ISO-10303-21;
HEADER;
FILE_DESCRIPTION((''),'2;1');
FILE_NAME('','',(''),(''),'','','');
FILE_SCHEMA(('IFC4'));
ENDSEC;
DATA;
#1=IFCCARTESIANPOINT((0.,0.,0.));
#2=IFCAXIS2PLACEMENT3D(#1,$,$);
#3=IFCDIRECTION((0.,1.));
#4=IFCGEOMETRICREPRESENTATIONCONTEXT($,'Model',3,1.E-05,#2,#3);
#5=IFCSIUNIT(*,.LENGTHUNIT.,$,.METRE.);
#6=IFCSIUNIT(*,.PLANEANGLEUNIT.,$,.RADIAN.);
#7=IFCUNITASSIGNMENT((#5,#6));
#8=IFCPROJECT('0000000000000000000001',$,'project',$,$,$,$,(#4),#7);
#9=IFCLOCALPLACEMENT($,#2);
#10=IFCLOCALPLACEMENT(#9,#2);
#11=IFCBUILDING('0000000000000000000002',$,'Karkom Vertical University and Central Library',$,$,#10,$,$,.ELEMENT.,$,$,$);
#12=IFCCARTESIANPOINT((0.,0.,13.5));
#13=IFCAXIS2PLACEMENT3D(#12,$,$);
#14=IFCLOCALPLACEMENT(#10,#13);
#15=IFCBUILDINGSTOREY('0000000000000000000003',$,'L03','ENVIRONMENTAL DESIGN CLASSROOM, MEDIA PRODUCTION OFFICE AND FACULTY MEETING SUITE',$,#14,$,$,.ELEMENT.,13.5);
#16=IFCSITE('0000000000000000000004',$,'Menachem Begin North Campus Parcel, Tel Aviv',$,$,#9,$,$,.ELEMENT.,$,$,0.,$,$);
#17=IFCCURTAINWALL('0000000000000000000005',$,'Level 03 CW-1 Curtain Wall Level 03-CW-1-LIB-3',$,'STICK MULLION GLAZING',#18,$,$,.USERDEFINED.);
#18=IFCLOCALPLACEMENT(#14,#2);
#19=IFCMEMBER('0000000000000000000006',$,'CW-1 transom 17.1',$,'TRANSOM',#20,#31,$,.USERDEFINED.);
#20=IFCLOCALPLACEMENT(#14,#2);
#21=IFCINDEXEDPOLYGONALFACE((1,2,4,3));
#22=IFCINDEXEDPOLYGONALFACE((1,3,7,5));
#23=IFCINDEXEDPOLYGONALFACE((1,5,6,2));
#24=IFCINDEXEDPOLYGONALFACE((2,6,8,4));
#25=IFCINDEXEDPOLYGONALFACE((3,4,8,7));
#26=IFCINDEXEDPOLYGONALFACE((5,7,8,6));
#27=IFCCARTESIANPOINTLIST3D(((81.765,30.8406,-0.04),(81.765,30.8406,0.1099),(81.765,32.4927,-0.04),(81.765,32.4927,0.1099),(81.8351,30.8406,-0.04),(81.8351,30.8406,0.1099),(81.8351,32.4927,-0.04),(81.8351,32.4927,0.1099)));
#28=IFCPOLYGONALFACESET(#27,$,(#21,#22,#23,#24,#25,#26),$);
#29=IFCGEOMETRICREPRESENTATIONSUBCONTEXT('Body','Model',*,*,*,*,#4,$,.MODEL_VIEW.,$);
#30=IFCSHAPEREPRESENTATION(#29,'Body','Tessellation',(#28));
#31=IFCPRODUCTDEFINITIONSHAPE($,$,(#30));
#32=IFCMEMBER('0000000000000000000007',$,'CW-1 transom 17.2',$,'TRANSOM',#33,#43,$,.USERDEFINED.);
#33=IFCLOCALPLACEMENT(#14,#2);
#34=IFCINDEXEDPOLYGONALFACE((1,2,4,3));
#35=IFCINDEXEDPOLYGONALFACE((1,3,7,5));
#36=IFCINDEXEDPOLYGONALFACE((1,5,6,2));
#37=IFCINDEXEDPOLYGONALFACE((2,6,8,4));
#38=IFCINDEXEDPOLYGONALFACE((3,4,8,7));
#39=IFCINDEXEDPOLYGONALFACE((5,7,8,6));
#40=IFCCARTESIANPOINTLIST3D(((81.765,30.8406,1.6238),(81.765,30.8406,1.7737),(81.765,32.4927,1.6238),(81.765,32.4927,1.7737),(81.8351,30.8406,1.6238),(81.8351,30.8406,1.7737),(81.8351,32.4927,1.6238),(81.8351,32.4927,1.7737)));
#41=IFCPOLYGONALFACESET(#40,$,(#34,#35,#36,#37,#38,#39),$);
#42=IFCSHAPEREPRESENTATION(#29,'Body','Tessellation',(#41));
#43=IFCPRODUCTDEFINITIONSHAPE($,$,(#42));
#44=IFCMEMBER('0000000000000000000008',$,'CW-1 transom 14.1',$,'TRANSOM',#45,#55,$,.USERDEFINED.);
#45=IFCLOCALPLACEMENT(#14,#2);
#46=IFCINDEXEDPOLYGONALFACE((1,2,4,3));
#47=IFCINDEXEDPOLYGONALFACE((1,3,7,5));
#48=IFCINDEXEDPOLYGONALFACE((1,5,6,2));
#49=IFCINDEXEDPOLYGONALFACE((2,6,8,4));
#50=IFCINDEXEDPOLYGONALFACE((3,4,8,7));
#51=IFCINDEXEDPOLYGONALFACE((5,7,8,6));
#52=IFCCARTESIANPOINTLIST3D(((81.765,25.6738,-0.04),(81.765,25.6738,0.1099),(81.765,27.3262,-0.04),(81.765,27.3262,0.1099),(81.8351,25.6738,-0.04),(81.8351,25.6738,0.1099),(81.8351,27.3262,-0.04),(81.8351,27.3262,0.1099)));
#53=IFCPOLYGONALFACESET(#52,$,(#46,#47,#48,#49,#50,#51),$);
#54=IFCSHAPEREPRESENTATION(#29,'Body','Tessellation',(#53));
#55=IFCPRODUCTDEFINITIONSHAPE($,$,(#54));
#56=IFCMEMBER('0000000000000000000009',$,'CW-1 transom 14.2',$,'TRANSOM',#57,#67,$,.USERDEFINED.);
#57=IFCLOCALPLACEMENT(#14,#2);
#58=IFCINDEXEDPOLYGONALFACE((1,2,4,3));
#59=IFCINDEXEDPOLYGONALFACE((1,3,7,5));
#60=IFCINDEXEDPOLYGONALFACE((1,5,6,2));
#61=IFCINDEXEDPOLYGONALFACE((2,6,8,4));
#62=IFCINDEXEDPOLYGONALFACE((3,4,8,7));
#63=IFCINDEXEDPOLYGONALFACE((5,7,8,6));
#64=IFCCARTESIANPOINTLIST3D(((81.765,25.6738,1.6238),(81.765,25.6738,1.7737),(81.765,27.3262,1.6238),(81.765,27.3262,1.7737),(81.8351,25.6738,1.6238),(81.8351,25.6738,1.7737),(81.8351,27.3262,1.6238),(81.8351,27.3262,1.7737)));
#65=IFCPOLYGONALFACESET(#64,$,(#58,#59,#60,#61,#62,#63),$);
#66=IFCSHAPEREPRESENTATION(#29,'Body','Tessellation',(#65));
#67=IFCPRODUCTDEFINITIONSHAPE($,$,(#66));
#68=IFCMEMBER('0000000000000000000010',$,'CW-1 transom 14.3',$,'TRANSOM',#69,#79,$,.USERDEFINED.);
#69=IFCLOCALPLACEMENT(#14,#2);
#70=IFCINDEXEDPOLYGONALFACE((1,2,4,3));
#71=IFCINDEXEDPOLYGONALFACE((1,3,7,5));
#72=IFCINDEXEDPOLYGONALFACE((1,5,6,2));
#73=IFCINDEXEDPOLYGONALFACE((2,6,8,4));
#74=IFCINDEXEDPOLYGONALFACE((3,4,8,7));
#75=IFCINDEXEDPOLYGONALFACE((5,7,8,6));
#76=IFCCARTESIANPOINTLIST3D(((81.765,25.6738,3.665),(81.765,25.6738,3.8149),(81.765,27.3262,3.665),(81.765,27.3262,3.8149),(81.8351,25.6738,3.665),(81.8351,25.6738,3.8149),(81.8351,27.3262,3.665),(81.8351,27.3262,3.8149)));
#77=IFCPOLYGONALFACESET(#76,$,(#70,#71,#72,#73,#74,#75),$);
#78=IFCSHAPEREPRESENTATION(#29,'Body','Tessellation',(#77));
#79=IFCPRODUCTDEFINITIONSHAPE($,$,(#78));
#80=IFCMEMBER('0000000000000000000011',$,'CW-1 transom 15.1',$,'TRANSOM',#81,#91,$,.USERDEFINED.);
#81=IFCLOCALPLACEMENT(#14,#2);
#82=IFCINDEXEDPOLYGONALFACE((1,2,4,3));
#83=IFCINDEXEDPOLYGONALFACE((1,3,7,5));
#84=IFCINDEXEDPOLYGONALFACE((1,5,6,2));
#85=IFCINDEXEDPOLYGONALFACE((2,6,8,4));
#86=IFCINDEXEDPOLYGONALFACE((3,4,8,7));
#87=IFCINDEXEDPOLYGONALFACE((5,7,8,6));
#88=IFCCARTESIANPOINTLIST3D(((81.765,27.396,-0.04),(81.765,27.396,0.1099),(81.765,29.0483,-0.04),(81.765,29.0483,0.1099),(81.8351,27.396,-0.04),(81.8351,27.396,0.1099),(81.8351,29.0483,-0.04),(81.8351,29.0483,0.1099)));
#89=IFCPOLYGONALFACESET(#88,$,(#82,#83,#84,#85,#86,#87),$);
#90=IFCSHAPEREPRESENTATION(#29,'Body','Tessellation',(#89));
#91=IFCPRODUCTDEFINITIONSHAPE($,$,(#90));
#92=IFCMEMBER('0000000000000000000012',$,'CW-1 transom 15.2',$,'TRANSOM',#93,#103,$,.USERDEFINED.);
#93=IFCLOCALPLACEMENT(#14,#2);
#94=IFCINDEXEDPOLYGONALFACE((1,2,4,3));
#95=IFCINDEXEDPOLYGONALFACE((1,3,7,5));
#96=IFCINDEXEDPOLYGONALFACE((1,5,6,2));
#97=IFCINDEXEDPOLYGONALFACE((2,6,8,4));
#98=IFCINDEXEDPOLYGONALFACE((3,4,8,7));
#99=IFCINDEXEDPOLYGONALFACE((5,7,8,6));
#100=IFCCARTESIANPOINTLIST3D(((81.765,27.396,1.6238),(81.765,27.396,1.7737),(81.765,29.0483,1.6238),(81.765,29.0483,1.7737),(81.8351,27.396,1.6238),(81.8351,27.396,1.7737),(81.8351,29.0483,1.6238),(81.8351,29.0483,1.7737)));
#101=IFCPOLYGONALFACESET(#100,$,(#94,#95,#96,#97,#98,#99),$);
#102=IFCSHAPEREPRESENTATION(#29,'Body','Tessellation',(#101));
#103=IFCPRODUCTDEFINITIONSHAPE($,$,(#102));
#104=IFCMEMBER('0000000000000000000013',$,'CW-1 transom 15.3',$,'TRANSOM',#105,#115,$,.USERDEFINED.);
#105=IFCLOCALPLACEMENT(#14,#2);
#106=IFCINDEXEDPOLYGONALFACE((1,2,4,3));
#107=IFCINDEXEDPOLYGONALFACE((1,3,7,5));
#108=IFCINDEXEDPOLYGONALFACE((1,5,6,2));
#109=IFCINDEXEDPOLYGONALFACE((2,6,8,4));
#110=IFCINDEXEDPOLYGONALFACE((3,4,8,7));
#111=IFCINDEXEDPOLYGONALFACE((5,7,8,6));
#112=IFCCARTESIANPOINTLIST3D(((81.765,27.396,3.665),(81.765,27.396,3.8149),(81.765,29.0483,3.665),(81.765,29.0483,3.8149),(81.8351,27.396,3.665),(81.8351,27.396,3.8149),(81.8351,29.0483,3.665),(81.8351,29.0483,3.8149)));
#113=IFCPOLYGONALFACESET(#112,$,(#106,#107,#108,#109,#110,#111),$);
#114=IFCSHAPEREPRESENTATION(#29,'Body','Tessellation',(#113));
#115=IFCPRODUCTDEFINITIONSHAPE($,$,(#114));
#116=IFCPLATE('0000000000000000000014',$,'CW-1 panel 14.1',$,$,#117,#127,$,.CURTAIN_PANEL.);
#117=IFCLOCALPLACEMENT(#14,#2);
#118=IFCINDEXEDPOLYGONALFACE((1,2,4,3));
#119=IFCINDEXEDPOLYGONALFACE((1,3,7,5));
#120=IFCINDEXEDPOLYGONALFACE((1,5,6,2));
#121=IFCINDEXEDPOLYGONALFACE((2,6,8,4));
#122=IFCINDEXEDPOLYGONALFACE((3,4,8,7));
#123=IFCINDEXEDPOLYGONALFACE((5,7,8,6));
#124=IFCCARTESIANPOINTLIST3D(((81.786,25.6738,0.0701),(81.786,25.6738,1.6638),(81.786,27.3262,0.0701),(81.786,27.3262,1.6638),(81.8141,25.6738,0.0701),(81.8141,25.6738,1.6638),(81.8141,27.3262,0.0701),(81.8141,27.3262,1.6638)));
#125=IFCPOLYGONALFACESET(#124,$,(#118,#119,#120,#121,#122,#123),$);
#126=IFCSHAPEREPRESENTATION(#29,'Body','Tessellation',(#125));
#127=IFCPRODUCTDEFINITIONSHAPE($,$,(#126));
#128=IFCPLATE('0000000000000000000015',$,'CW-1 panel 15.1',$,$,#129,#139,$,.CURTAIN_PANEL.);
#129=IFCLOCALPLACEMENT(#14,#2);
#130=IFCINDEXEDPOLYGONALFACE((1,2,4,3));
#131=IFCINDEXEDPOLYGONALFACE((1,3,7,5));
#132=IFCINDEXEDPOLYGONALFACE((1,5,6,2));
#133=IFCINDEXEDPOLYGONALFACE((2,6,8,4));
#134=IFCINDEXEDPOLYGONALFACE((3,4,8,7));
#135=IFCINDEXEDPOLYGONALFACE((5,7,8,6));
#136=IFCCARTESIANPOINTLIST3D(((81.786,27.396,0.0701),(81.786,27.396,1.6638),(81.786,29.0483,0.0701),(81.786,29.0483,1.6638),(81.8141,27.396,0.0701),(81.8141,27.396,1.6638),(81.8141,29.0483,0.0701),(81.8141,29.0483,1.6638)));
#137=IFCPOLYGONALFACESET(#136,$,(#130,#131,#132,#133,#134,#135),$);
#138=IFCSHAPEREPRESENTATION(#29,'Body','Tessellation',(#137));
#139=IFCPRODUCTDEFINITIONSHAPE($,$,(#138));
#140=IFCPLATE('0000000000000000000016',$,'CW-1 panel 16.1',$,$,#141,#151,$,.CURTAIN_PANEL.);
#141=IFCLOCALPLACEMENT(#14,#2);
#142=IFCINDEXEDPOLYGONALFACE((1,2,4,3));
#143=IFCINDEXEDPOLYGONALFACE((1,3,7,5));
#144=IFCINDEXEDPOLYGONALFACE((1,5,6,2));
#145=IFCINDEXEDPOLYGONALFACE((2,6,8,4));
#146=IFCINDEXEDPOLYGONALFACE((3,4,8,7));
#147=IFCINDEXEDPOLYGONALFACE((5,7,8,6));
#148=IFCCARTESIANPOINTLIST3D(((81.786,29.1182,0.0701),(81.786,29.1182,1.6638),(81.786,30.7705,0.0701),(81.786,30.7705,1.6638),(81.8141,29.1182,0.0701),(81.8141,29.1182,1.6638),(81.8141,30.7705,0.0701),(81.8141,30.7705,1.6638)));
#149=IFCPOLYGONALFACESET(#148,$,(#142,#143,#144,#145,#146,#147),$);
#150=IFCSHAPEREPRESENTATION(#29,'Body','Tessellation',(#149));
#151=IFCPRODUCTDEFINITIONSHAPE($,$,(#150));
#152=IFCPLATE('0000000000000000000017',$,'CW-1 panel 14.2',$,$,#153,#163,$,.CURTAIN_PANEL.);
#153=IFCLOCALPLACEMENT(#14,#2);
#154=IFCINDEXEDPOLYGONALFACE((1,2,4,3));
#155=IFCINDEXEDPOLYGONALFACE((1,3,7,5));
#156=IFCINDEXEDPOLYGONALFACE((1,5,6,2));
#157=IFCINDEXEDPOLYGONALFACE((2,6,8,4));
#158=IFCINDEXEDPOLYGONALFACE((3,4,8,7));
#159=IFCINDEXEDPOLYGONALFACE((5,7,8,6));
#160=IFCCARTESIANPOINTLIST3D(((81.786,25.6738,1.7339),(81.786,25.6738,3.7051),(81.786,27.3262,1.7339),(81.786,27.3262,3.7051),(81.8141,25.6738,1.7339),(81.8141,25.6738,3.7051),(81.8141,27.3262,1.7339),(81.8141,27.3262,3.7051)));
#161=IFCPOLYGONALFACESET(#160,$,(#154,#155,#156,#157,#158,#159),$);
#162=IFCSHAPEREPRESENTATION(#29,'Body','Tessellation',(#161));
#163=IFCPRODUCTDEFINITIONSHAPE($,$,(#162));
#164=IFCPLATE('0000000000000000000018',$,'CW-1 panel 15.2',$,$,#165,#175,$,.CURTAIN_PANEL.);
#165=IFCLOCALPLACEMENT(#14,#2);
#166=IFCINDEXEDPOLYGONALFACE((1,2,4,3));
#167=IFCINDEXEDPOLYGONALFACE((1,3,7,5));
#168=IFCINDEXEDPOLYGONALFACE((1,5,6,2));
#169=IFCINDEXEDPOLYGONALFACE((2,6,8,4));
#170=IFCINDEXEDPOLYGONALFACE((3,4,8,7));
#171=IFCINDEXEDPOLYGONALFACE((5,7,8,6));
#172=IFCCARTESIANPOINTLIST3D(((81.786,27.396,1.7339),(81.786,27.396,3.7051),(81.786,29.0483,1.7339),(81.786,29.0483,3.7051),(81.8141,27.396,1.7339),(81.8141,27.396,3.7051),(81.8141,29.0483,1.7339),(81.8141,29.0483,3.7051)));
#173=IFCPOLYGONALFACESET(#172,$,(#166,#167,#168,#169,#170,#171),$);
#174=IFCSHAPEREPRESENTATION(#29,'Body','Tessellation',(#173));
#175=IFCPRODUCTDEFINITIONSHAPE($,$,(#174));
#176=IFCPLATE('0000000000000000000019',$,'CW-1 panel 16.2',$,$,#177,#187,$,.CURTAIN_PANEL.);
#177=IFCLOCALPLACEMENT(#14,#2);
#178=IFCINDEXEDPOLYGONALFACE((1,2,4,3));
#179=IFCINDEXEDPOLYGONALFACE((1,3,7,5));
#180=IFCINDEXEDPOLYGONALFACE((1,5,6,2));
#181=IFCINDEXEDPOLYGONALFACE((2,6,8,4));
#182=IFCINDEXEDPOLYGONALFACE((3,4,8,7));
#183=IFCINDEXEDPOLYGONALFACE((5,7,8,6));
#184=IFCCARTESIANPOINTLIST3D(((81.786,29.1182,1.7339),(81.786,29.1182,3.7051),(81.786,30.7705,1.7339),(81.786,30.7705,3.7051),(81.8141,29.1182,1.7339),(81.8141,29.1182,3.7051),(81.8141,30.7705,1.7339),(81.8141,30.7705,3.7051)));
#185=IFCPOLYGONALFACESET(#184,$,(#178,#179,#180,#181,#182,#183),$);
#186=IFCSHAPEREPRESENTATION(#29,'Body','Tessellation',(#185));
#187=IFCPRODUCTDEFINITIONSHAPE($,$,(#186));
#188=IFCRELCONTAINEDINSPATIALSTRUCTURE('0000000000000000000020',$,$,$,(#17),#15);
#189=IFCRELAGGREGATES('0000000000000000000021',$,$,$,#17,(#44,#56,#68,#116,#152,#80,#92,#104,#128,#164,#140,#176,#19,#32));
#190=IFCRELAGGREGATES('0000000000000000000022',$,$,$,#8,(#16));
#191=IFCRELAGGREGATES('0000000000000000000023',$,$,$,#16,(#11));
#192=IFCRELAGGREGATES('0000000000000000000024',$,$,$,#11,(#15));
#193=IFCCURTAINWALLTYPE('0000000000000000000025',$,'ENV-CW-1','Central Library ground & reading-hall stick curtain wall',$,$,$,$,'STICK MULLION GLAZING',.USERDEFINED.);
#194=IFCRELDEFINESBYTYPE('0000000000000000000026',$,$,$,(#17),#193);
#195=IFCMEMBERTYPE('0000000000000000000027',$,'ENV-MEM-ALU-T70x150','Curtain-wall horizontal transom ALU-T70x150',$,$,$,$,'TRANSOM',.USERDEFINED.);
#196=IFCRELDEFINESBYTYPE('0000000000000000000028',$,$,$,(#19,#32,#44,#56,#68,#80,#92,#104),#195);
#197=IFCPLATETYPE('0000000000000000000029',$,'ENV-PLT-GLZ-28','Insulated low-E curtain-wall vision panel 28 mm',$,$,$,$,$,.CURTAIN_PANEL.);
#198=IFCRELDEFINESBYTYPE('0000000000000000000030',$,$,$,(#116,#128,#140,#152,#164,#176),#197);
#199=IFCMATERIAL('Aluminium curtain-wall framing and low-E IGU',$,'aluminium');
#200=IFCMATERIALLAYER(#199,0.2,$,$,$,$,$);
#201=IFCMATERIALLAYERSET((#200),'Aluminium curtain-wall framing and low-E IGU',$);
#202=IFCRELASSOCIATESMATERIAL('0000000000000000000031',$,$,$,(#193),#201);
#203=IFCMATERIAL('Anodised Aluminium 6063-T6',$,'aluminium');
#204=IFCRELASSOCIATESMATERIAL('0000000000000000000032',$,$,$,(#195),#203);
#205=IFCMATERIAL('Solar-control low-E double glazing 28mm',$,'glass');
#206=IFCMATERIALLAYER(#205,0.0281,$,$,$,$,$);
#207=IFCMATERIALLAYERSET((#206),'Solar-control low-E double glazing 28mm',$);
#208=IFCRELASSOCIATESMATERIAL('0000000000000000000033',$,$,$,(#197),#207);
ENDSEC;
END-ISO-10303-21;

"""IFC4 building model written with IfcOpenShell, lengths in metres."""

from ifc_helpers import new_model, si_unit, direction, frame, origin, origin_with_axes, origin_2d, place, context, subcontext, project, spatial, rectangle, extrude, source, transform, mapped, material, layer, layer_set, material_profile, profile_set, type_object, element, aggregate, save


model = new_model("IFC4")

# Units and contexts
model_context = context("Model", 3, precision=1e-05, world=origin(), true_north=direction((0.0, 1.0)))
body_context = subcontext(model_context, "Body", "Model", "MODEL_VIEW")
ifc_project = project(units=[si_unit("LENGTHUNIT", "METRE"), si_unit("PLANEANGLEUNIT", "RADIAN")], contexts=[model_context])

# Site, building, storey
site_placement = place(None, origin())
site = spatial("IfcSite", under=ifc_project, at=site_placement, Name="Menachem Begin North Campus Parcel, Tel Aviv", CompositionType="ELEMENT", RefElevation=0.0)
building_placement = place(site_placement, origin())
building = spatial("IfcBuilding", under=site, at=building_placement, Name="Karkom Vertical University and Central Library", CompositionType="ELEMENT")
storey_placement = place(building_placement, frame((0.0, 0.0, 13.5)))
storey = spatial("IfcBuildingStorey", under=building, at=storey_placement, Name="L03", Description="ENVIRONMENTAL DESIGN CLASSROOM, MEDIA PRODUCTION OFFICE AND FACULTY MEETING SUITE", CompositionType="ELEMENT", Elevation=13.5)

# Curtain wall, members, plates
ifc_material_1 = material(Name="Aluminium curtain-wall framing and low-E IGU", Category="aluminium")
ifc_layer_1 = layer(ifc_material_1, 0.2)
ifc_layer_set_1 = layer_set([ifc_layer_1], Name="Aluminium curtain-wall framing and low-E IGU")
curtain_wall_type = type_object("IfcCurtainWallType", Name="ENV-CW-1", Description="Central Library ground & reading-hall stick curtain wall", ElementType="STICK MULLION GLAZING", PredefinedType="USERDEFINED", material=ifc_layer_set_1)
curtain_wall_placement = place(storey_placement, origin())
curtain_wall = element("IfcCurtainWall", 1, at=curtain_wall_placement, inside=storey, type_object=curtain_wall_type, Name="Level 03 CW-1 Curtain Wall Level 03-CW-1-LIB-3", ObjectType="STICK MULLION GLAZING", PredefinedType="USERDEFINED")
ifc_material_2 = material(Name="Anodised Aluminium 6063-T6", Category="aluminium")
ifc_material_profile_1 = material_profile(ifc_material_2, rectangle(XDim=0.0701, YDim=0.1499, at=origin_2d()), Name="ALU-T70x150")
ifc_profile_set_1 = profile_set([ifc_material_profile_1], Name="Anodised Aluminium 6063-T6")
member_type_1 = type_object("IfcMemberType", Name="ENV-MEM-ALU-T70x150", Description="Curtain-wall horizontal transom ALU-T70x150", ElementType="TRANSOM", PredefinedType="USERDEFINED", material=ifc_profile_set_1)
shared_shape_1 = source(origin_with_axes(), body_context, "Body", "SweptSolid", [
    extrude(rectangle(XDim=0.0701, YDim=0.1499, at=origin_2d()), origin(), (0.0, 0.0, 1.0), 1.6521),
])
member_1_placement = place(storey_placement, frame((81.8, 30.8406, 0.0349), z_axis=(0.0, 1.0, 0.0), x_axis=(-1.0, 0.0, 0.0)))
member_1 = element("IfcMember", 2, at=member_1_placement, type_object=member_type_1, Name="CW-1 transom 17.1", ObjectType="TRANSOM", PredefinedType="USERDEFINED", context=body_context, shape_type="MappedRepresentation", body=[
    mapped(shared_shape_1, transform((0.0, 0.0, 0.0), scale=1.0)),
])
member_2_placement = place(storey_placement, frame((81.8, 30.8406, 1.6987), z_axis=(0.0, 1.0, 0.0), x_axis=(-1.0, 0.0, 0.0)))
member_2 = element("IfcMember", 3, at=member_2_placement, type_object=member_type_1, Name="CW-1 transom 17.2", ObjectType="TRANSOM", PredefinedType="USERDEFINED", context=body_context, shape_type="MappedRepresentation", body=[
    mapped(shared_shape_1, transform((0.0, 0.0, 0.0), scale=1.0)),
])
shared_shape_2 = source(origin_with_axes(), body_context, "Body", "SweptSolid", [
    extrude(rectangle(XDim=0.0701, YDim=0.1499, at=origin_2d()), origin(), (0.0, 0.0, 1.0), 1.6523),
])
member_3_placement = place(storey_placement, frame((81.8, 25.6738, 0.0349), z_axis=(0.0, 1.0, 0.0), x_axis=(-1.0, 0.0, 0.0)))
member_3 = element("IfcMember", 4, at=member_3_placement, type_object=member_type_1, Name="CW-1 transom 14.1", ObjectType="TRANSOM", PredefinedType="USERDEFINED", context=body_context, shape_type="MappedRepresentation", body=[
    mapped(shared_shape_2, transform((0.0, 0.0, 0.0), scale=1.0)),
])
member_4_placement = place(storey_placement, frame((81.8, 25.6738, 1.6987), z_axis=(0.0, 1.0, 0.0), x_axis=(-1.0, 0.0, 0.0)))
member_4 = element("IfcMember", 5, at=member_4_placement, type_object=member_type_1, Name="CW-1 transom 14.2", ObjectType="TRANSOM", PredefinedType="USERDEFINED", context=body_context, shape_type="MappedRepresentation", body=[
    mapped(shared_shape_2, transform((0.0, 0.0, 0.0), scale=1.0)),
])
member_5_placement = place(storey_placement, frame((81.8, 25.6738, 3.74), z_axis=(0.0, 1.0, 0.0), x_axis=(-1.0, 0.0, 0.0)))
member_5 = element("IfcMember", 6, at=member_5_placement, type_object=member_type_1, Name="CW-1 transom 14.3", ObjectType="TRANSOM", PredefinedType="USERDEFINED", context=body_context, shape_type="MappedRepresentation", body=[
    mapped(shared_shape_2, transform((0.0, 0.0, 0.0), scale=1.0)),
])
member_6_placement = place(storey_placement, frame((81.8, 27.396, 0.0349), z_axis=(0.0, 1.0, 0.0), x_axis=(-1.0, 0.0, 0.0)))
member_6 = element("IfcMember", 7, at=member_6_placement, type_object=member_type_1, Name="CW-1 transom 15.1", ObjectType="TRANSOM", PredefinedType="USERDEFINED", context=body_context, shape_type="MappedRepresentation", body=[
    mapped(shared_shape_2, transform((0.0, 0.0, 0.0), scale=1.0)),
])
member_7_placement = place(storey_placement, frame((81.8, 27.396, 1.6987), z_axis=(0.0, 1.0, 0.0), x_axis=(-1.0, 0.0, 0.0)))
member_7 = element("IfcMember", 8, at=member_7_placement, type_object=member_type_1, Name="CW-1 transom 15.2", ObjectType="TRANSOM", PredefinedType="USERDEFINED", context=body_context, shape_type="MappedRepresentation", body=[
    mapped(shared_shape_2, transform((0.0, 0.0, 0.0), scale=1.0)),
])
member_8_placement = place(storey_placement, frame((81.8, 27.396, 3.74), z_axis=(0.0, 1.0, 0.0), x_axis=(-1.0, 0.0, 0.0)))
member_8 = element("IfcMember", 9, at=member_8_placement, type_object=member_type_1, Name="CW-1 transom 15.3", ObjectType="TRANSOM", PredefinedType="USERDEFINED", context=body_context, shape_type="MappedRepresentation", body=[
    mapped(shared_shape_2, transform((0.0, 0.0, 0.0), scale=1.0)),
])
ifc_material_3 = material(Name="Solar-control low-E double glazing 28mm", Category="glass")
ifc_layer_2 = layer(ifc_material_3, 0.0281)
ifc_layer_set_2 = layer_set([ifc_layer_2], Name="Solar-control low-E double glazing 28mm")
plate_type = type_object("IfcPlateType", Name="ENV-PLT-GLZ-28", Description="Insulated low-E curtain-wall vision panel 28 mm", PredefinedType="CURTAIN_PANEL", material=ifc_layer_set_2)
shared_shape_3 = source(origin_with_axes(), body_context, "Body", "SweptSolid", [
    extrude(rectangle(XDim=1.6523, YDim=0.0281, at=origin_2d()), origin(), (0.0, 0.0, 1.0), 1.5938),
])
plate_1_placement = place(storey_placement, frame((81.8, 26.5, 0.0701), z_axis=(0.0, 0.0, 1.0), x_axis=(0.0, 1.0, 0.0)))
plate_1 = element("IfcPlate", 10, at=plate_1_placement, type_object=plate_type, Name="CW-1 panel 14.1", PredefinedType="CURTAIN_PANEL", context=body_context, shape_type="MappedRepresentation", body=[
    mapped(shared_shape_3, transform((0.0, 0.0, 0.0), scale=1.0)),
])
plate_2_placement = place(storey_placement, frame((81.8, 28.2222, 0.0701), z_axis=(0.0, 0.0, 1.0), x_axis=(0.0, 1.0, 0.0)))
plate_2 = element("IfcPlate", 11, at=plate_2_placement, type_object=plate_type, Name="CW-1 panel 15.1", PredefinedType="CURTAIN_PANEL", context=body_context, shape_type="MappedRepresentation", body=[
    mapped(shared_shape_3, transform((0.0, 0.0, 0.0), scale=1.0)),
])
plate_3_placement = place(storey_placement, frame((81.8, 29.9443, 0.0701), z_axis=(0.0, 0.0, 1.0), x_axis=(0.0, 1.0, 0.0)))
plate_3 = element("IfcPlate", 12, at=plate_3_placement, type_object=plate_type, Name="CW-1 panel 16.1", PredefinedType="CURTAIN_PANEL", context=body_context, shape_type="MappedRepresentation", body=[
    mapped(shared_shape_3, transform((0.0, 0.0, 0.0), scale=1.0)),
])
shared_shape_4 = source(origin_with_axes(), body_context, "Body", "SweptSolid", [
    extrude(rectangle(XDim=1.6523, YDim=0.0281, at=origin_2d()), origin(), (0.0, 0.0, 1.0), 1.9712),
])
plate_4_placement = place(storey_placement, frame((81.8, 26.5, 1.7339), z_axis=(0.0, 0.0, 1.0), x_axis=(0.0, 1.0, 0.0)))
plate_4 = element("IfcPlate", 13, at=plate_4_placement, type_object=plate_type, Name="CW-1 panel 14.2", PredefinedType="CURTAIN_PANEL", context=body_context, shape_type="MappedRepresentation", body=[
    mapped(shared_shape_4, transform((0.0, 0.0, 0.0), scale=1.0)),
])
plate_5_placement = place(storey_placement, frame((81.8, 28.2222, 1.7339), z_axis=(0.0, 0.0, 1.0), x_axis=(0.0, 1.0, 0.0)))
plate_5 = element("IfcPlate", 14, at=plate_5_placement, type_object=plate_type, Name="CW-1 panel 15.2", PredefinedType="CURTAIN_PANEL", context=body_context, shape_type="MappedRepresentation", body=[
    mapped(shared_shape_4, transform((0.0, 0.0, 0.0), scale=1.0)),
])
plate_6_placement = place(storey_placement, frame((81.8, 29.9443, 1.7339), z_axis=(0.0, 0.0, 1.0), x_axis=(0.0, 1.0, 0.0)))
plate_6 = element("IfcPlate", 15, at=plate_6_placement, type_object=plate_type, Name="CW-1 panel 16.2", PredefinedType="CURTAIN_PANEL", context=body_context, shape_type="MappedRepresentation", body=[
    mapped(shared_shape_4, transform((0.0, 0.0, 0.0), scale=1.0)),
])
aggregate(curtain_wall, [member_3, member_4, member_5, plate_1, plate_4, member_6, member_7, member_8, plate_2, plate_5, plate_3, plate_6, member_1, member_2])

save(model, "model.ifc")
